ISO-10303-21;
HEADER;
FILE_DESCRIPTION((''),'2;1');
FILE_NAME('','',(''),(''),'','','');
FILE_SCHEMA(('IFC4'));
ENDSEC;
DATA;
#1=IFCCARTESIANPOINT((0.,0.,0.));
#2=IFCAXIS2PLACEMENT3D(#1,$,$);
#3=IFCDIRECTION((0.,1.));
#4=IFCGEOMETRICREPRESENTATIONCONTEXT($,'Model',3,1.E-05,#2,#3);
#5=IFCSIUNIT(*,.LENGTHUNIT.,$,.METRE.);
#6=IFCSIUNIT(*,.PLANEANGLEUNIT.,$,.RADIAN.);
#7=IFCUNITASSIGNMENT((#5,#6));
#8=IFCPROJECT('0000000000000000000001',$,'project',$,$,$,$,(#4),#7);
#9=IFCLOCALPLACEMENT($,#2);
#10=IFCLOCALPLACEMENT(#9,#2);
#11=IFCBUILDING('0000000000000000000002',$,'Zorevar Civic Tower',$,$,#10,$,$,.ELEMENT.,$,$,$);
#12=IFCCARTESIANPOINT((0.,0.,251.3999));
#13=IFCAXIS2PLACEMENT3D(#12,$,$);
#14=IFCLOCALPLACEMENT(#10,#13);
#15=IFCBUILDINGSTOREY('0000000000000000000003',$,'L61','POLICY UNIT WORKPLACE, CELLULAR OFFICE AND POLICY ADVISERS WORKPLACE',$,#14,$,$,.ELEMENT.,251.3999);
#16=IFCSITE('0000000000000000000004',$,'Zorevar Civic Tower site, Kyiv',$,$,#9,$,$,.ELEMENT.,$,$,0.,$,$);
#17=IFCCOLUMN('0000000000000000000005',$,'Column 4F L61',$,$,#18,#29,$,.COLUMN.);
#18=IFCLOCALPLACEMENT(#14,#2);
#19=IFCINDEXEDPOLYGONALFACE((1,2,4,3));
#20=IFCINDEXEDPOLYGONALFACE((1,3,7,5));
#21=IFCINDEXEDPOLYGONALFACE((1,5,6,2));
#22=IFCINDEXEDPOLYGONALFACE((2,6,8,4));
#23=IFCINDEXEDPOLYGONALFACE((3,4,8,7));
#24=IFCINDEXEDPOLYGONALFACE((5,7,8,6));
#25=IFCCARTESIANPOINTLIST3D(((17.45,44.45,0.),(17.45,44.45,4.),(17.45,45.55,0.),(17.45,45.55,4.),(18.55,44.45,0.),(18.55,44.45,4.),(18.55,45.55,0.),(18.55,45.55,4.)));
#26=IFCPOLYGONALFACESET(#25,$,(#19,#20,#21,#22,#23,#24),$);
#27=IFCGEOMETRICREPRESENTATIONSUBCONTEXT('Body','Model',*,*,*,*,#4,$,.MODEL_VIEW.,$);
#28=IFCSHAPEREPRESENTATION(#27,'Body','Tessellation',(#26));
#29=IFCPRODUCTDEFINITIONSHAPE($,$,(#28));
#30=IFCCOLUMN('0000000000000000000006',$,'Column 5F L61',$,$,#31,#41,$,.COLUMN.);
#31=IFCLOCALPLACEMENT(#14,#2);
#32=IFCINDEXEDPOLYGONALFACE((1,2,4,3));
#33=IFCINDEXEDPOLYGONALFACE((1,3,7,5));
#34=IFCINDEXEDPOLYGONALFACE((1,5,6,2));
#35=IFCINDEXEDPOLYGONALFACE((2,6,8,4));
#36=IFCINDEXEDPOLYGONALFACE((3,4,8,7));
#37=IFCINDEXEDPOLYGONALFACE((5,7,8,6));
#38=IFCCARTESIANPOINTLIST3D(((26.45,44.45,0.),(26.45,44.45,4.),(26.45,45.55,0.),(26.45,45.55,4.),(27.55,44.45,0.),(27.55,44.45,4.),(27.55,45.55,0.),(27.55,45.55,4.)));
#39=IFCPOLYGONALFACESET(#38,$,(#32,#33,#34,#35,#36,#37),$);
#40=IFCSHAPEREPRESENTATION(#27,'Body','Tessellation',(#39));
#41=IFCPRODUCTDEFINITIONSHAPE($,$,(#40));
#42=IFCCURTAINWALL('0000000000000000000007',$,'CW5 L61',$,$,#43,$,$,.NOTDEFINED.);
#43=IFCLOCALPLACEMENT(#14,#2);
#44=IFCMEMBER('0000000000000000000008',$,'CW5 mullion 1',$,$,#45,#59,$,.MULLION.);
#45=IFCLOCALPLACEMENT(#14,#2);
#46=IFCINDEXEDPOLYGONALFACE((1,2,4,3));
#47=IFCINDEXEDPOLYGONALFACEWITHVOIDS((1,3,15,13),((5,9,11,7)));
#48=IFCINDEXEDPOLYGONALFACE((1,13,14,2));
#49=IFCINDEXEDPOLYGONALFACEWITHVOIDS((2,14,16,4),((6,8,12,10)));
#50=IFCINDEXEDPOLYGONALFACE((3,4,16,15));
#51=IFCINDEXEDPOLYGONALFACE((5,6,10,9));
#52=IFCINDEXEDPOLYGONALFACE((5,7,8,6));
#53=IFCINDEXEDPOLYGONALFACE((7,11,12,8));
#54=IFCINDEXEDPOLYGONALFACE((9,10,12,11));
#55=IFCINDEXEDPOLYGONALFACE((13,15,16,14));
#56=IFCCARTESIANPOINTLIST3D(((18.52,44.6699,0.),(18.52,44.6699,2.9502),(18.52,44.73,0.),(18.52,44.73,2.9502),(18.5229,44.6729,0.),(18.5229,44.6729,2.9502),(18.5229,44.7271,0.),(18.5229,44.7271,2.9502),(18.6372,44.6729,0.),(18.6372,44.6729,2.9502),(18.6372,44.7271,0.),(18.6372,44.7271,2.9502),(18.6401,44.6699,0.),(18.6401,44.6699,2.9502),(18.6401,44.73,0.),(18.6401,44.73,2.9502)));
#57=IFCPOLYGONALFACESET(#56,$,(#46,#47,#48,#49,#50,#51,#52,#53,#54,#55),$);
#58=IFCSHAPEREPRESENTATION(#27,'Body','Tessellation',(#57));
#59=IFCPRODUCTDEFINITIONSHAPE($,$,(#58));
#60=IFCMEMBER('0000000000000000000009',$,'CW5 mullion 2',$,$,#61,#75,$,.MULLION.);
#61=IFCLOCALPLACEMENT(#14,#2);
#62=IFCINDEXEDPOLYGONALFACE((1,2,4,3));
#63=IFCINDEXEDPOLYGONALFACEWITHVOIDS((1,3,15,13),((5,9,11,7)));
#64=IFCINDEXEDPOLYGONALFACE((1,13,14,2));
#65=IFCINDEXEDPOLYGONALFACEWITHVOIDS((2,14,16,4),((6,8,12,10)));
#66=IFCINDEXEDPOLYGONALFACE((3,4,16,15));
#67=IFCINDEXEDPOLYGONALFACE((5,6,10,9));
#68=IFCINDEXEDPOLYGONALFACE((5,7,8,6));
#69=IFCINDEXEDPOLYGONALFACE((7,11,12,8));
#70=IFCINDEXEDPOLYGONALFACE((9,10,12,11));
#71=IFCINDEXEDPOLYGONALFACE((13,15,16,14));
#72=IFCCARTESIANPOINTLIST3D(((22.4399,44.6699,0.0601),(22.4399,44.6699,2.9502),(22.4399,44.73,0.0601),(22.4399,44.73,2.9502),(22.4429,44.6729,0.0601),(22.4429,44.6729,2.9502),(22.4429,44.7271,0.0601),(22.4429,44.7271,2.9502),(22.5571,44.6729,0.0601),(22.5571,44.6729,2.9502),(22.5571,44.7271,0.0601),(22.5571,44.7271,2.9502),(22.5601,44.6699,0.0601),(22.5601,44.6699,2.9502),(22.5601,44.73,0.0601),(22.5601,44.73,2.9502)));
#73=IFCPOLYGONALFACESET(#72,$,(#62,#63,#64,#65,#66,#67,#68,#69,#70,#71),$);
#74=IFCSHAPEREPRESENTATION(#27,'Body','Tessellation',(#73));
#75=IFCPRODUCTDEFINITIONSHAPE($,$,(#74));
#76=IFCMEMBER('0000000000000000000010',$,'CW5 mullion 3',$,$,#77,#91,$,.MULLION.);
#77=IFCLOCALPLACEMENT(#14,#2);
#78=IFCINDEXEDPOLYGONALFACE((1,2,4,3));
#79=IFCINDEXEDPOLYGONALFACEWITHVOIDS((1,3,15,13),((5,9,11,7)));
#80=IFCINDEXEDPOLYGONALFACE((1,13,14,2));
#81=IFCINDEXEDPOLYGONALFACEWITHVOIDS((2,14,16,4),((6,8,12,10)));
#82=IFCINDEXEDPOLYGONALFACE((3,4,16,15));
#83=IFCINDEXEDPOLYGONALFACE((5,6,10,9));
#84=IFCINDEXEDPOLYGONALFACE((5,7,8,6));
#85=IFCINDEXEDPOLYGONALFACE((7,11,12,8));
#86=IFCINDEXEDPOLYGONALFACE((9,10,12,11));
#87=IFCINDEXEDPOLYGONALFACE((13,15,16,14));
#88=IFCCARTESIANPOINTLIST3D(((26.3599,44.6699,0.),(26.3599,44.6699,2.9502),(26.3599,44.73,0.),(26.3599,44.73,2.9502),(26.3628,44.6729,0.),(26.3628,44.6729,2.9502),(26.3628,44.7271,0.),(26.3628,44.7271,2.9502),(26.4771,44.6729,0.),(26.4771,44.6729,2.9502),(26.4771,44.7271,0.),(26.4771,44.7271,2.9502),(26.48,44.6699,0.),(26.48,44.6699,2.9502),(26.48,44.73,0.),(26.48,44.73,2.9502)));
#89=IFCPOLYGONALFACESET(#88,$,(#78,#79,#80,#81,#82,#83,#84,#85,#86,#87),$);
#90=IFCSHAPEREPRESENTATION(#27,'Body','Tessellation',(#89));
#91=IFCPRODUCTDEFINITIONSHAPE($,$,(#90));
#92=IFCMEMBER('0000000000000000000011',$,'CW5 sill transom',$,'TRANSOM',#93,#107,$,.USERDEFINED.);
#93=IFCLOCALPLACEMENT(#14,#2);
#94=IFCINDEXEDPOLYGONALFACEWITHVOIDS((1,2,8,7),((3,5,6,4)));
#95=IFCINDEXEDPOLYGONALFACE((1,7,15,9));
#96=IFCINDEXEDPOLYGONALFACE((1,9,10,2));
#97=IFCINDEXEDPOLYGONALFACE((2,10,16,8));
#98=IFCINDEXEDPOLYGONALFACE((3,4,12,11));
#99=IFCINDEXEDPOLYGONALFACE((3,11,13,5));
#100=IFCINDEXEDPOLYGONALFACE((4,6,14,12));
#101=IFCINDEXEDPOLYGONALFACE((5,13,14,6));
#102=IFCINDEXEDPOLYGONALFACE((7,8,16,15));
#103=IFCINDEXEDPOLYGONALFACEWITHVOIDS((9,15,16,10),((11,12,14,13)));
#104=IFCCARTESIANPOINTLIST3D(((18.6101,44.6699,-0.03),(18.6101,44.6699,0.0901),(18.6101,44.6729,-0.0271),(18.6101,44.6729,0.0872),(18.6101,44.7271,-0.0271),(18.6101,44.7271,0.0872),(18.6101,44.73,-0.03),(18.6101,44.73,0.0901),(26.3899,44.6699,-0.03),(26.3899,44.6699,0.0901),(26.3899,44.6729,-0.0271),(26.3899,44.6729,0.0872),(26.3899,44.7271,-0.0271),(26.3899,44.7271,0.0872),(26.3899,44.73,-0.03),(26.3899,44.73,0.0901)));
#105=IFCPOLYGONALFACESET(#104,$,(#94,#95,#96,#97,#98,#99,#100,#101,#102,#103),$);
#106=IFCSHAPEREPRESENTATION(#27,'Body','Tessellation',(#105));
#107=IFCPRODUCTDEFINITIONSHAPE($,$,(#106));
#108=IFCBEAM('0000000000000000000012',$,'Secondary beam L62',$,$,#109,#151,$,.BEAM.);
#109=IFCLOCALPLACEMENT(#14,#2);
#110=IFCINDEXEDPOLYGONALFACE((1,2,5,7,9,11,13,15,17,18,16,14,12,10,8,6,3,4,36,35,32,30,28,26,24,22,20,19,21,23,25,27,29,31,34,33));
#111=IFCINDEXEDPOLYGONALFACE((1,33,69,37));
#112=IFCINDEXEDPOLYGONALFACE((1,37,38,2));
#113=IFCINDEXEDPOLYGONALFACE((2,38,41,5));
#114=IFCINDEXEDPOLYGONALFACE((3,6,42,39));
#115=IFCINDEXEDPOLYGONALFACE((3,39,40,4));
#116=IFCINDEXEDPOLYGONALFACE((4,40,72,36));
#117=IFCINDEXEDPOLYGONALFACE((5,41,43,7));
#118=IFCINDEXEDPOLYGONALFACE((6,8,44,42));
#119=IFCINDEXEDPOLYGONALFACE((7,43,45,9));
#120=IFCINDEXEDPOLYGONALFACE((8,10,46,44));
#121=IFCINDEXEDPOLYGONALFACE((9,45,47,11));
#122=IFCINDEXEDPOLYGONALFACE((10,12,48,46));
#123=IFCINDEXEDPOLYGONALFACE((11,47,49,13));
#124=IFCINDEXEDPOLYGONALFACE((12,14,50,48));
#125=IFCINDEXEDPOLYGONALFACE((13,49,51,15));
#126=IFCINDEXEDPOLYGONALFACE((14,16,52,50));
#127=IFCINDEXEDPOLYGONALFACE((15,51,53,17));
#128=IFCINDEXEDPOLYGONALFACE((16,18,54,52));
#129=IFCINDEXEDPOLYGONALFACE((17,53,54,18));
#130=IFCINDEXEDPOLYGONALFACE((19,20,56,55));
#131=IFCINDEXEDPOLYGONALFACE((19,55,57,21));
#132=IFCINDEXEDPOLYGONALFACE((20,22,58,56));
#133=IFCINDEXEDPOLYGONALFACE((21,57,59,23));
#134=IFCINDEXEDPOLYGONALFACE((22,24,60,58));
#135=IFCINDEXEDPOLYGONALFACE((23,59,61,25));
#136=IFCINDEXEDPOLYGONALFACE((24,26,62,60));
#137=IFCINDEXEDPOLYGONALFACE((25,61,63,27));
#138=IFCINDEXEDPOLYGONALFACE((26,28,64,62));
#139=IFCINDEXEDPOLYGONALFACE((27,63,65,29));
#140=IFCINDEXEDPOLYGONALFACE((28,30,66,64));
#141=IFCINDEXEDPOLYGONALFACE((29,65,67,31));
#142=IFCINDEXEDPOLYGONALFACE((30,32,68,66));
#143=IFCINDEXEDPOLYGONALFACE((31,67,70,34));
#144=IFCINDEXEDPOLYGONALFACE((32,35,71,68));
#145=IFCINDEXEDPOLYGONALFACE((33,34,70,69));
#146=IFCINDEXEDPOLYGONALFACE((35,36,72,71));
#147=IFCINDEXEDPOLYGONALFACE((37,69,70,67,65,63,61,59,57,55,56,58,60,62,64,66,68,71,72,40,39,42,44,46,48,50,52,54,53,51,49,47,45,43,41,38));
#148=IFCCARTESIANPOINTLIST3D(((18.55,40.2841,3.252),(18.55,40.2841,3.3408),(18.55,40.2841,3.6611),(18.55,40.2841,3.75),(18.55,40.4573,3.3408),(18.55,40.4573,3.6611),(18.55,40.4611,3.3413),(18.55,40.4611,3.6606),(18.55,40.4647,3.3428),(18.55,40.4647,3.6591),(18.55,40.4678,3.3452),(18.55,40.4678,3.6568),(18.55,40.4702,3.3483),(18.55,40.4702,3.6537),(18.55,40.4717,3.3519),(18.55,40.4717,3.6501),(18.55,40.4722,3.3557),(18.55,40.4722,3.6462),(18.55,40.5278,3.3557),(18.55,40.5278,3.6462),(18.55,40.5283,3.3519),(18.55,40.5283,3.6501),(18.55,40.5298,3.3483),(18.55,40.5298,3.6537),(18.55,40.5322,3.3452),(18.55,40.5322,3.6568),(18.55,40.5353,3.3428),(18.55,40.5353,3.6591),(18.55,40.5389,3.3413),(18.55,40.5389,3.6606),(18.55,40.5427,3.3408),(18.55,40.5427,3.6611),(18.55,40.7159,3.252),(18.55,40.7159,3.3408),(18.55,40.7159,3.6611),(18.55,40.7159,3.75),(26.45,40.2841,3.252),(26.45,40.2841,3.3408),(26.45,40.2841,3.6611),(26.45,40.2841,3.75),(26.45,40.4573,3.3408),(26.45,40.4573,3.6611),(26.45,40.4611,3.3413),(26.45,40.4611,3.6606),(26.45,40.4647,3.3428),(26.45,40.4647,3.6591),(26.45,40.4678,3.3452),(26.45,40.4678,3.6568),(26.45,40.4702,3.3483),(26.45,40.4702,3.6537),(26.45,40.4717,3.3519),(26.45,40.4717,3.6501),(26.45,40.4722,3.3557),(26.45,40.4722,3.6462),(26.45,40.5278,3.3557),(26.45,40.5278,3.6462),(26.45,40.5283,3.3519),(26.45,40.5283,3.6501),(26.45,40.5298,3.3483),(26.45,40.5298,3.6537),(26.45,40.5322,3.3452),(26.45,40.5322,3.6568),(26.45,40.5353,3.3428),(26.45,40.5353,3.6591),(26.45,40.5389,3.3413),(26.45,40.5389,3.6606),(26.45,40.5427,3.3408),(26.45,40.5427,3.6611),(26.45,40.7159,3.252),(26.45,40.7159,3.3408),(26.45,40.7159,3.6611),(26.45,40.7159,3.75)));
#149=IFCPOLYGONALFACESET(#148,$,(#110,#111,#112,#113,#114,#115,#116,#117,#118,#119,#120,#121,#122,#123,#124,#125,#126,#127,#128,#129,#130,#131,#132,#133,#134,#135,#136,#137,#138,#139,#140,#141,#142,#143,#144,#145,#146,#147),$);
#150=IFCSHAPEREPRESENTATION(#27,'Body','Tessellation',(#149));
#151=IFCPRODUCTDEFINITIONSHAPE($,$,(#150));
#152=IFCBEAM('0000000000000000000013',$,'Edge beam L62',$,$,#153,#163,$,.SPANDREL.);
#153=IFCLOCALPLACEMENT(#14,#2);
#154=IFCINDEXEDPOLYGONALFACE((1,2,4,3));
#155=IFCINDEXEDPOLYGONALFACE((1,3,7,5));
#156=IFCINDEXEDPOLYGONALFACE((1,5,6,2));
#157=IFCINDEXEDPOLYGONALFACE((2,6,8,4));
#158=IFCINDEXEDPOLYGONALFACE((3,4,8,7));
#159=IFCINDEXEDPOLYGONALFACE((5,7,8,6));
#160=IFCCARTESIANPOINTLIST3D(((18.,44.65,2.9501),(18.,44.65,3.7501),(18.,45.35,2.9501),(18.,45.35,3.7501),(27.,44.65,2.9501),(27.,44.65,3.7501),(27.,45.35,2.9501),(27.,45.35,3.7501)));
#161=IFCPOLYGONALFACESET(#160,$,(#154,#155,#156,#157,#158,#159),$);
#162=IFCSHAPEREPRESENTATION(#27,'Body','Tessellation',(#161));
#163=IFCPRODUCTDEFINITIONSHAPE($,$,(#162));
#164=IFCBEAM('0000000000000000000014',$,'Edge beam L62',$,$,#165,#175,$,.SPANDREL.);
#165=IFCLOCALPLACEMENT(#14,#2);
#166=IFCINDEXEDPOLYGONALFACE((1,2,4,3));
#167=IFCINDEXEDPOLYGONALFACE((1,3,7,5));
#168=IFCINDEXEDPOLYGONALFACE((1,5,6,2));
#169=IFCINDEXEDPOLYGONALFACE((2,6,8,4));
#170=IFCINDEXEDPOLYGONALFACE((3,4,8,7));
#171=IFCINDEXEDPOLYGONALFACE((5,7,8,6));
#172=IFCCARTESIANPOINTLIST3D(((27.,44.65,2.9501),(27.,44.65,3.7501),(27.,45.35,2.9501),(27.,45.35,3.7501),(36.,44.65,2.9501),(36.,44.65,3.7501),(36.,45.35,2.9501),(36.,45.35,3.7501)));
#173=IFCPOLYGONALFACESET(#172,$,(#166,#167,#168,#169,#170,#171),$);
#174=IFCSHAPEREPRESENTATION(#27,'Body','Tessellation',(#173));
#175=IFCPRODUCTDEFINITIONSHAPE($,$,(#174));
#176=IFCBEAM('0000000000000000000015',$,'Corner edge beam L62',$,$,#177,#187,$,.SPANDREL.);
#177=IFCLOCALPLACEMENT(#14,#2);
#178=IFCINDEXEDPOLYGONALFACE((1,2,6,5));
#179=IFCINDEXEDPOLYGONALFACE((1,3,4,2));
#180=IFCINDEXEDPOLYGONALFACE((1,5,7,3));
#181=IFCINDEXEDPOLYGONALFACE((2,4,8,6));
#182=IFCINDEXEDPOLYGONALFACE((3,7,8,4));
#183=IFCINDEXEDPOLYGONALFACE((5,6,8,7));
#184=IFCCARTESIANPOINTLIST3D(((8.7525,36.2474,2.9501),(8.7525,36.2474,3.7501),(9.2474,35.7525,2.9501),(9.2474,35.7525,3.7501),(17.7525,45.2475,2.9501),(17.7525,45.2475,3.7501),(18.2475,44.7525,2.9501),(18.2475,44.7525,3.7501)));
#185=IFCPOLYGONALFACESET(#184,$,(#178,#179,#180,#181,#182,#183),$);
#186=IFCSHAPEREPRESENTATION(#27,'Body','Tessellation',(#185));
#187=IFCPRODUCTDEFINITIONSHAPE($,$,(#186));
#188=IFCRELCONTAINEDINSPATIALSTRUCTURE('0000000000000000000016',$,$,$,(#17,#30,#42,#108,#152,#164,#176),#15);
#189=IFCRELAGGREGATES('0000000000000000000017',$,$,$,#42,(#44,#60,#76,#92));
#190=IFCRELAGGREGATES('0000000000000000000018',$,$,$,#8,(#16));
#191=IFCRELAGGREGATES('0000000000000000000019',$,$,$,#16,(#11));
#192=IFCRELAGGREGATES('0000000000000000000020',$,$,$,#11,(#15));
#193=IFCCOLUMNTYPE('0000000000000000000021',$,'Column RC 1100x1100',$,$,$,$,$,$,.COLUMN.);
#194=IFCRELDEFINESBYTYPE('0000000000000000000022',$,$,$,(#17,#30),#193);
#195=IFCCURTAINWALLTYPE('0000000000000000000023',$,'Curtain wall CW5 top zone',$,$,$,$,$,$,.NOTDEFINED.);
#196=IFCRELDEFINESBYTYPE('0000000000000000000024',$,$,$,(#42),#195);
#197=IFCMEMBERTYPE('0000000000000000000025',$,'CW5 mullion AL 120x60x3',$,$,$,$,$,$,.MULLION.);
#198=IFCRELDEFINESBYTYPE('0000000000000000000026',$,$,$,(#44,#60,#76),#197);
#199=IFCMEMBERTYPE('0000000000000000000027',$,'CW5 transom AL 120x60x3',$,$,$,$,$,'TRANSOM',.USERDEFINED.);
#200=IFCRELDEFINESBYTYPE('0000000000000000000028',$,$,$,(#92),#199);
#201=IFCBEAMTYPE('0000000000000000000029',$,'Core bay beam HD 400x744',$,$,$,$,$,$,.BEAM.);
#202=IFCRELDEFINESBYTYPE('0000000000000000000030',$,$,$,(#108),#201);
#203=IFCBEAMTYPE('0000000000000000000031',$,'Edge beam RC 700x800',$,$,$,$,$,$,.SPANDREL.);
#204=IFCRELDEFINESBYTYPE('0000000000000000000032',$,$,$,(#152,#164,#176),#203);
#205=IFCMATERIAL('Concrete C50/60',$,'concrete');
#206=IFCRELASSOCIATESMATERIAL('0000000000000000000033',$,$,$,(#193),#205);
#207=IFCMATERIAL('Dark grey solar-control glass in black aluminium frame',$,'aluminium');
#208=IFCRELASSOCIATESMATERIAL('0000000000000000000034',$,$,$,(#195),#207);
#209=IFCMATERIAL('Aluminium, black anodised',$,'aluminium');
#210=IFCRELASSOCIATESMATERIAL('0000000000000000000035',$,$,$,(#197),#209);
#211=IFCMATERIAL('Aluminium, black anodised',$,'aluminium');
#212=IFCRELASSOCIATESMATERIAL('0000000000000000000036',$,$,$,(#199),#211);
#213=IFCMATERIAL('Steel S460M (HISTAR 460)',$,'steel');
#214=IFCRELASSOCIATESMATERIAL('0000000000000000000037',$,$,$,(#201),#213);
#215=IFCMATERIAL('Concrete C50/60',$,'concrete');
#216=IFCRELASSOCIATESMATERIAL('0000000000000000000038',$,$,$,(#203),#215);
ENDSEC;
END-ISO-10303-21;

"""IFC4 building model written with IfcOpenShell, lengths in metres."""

from ifc_helpers import new_model, si_unit, direction, frame, origin, origin_2d, place, context, subcontext, project, spatial, rectangle, hollow_rectangle, i_section, extrude, material, material_profile, profile_set, type_object, element, aggregate, save


model = new_model("IFC4")

# Units and contexts
model_context = context("Model", 3, precision=1e-05, world=origin(), true_north=direction((0.0, 1.0)))
body_context = subcontext(model_context, "Body", "Model", "MODEL_VIEW")
ifc_project = project(units=[si_unit("LENGTHUNIT", "METRE"), si_unit("PLANEANGLEUNIT", "RADIAN")], contexts=[model_context])

# Site, building, storey
site_placement = place(None, origin())
site = spatial("IfcSite", under=ifc_project, at=site_placement, Name="Zorevar Civic Tower site, Kyiv", CompositionType="ELEMENT", RefElevation=0.0)
building_placement = place(site_placement, origin())
building = spatial("IfcBuilding", under=site, at=building_placement, Name="Zorevar Civic Tower", CompositionType="ELEMENT")
storey_placement = place(building_placement, frame((0.0, 0.0, 251.3999)))
storey = spatial("IfcBuildingStorey", under=building, at=storey_placement, Name="L61", Description="POLICY UNIT WORKPLACE, CELLULAR OFFICE AND POLICY ADVISERS WORKPLACE", CompositionType="ELEMENT", Elevation=251.3999)

# Columns
ifc_material_1 = material(Name="Concrete C50/60", Category="concrete")
ifc_material_profile_1 = material_profile(ifc_material_1, rectangle(XDim=1.1001, YDim=1.1001, at=origin_2d()), Name="RC 1100x1100")
ifc_profile_set_1 = profile_set([ifc_material_profile_1], Name="Concrete C50/60")
column_type = type_object("IfcColumnType", Name="Column RC 1100x1100", PredefinedType="COLUMN", material=ifc_profile_set_1)
for number, where, z_axis, x_axis, name in (
    (1, (18.0, 45.0, 0.0), (0.0, 0.0, 1.0), (1.0, 0.0, 0.0), "Column 4F L61"),
    (2, (27.0, 45.0, 0.0), (0.0, 0.0, 1.0), (1.0, 0.0, 0.0), "Column 5F L61"),
):
    element("IfcColumn", number, at=place(storey_placement, frame(where, z_axis=z_axis, x_axis=x_axis)), inside=storey, type_object=column_type, Name=name, PredefinedType="COLUMN", context=body_context, shape_type="SweptSolid", body=[
        extrude(rectangle(XDim=1.1001, YDim=1.1001, at=origin_2d()), origin(), (0.0, 0.0, 1.0), 4.0),
    ])

# Curtain wall, members
ifc_material_2 = material(Name="Dark grey solar-control glass in black aluminium frame", Category="aluminium")
curtain_wall_type = type_object("IfcCurtainWallType", Name="Curtain wall CW5 top zone", PredefinedType="NOTDEFINED", material=ifc_material_2)
curtain_wall_placement = place(storey_placement, origin())
curtain_wall = element("IfcCurtainWall", 3, at=curtain_wall_placement, inside=storey, type_object=curtain_wall_type, Name="CW5 L61", PredefinedType="NOTDEFINED")
ifc_material_3 = material(Name="Aluminium, black anodised", Category="aluminium")
ifc_material_profile_2 = material_profile(ifc_material_3, hollow_rectangle(XDim=0.0601, YDim=0.1201, WallThickness=0.0029, at=origin_2d()), Name="AL 120x60x3")
ifc_profile_set_2 = profile_set([ifc_material_profile_2], Name="Aluminium, black anodised")
member_type_1 = type_object("IfcMemberType", Name="CW5 mullion AL 120x60x3", PredefinedType="MULLION", material=ifc_profile_set_2)
member_1_placement = place(storey_placement, frame((18.5801, 44.7, 0.0), z_axis=(0.0, 0.0, 1.0), x_axis=(0.0, 1.0, 0.0)))
member_1 = element("IfcMember", 4, at=member_1_placement, type_object=member_type_1, Name="CW5 mullion 1", PredefinedType="MULLION", context=body_context, shape_type="SweptSolid", body=[
    extrude(hollow_rectangle(XDim=0.0601, YDim=0.1201, WallThickness=0.0029, at=origin_2d()), origin(), (0.0, 0.0, 1.0), 2.9502),
])
member_2_placement = place(storey_placement, frame((22.5, 44.7, 0.0601), z_axis=(0.0, 0.0, 1.0), x_axis=(0.0, 1.0, 0.0)))
member_2 = element("IfcMember", 5, at=member_2_placement, type_object=member_type_1, Name="CW5 mullion 2", PredefinedType="MULLION", context=body_context, shape_type="SweptSolid", body=[
    extrude(hollow_rectangle(XDim=0.0601, YDim=0.1201, WallThickness=0.0029, at=origin_2d()), origin(), (0.0, 0.0, 1.0), 2.8901),
])
member_3_placement = place(storey_placement, frame((26.4199, 44.7, 0.0), z_axis=(0.0, 0.0, 1.0), x_axis=(0.0, 1.0, 0.0)))
member_3 = element("IfcMember", 6, at=member_3_placement, type_object=member_type_1, Name="CW5 mullion 3", PredefinedType="MULLION", context=body_context, shape_type="SweptSolid", body=[
    extrude(hollow_rectangle(XDim=0.0601, YDim=0.1201, WallThickness=0.0029, at=origin_2d()), origin(), (0.0, 0.0, 1.0), 2.9502),
])
ifc_material_4 = material(Name="Aluminium, black anodised", Category="aluminium")
ifc_material_profile_3 = material_profile(ifc_material_4, hollow_rectangle(XDim=0.0601, YDim=0.1201, WallThickness=0.0029, at=origin_2d()), Name="AL 120x60x3")
ifc_profile_set_3 = profile_set([ifc_material_profile_3], Name="Aluminium, black anodised")
member_type_2 = type_object("IfcMemberType", Name="CW5 transom AL 120x60x3", ElementType="TRANSOM", PredefinedType="USERDEFINED", material=ifc_profile_set_3)
member_4_placement = place(storey_placement, frame((18.6101, 44.7, 0.03), z_axis=(1.0, 0.0, 0.0), x_axis=(0.0, 1.0, 0.0)))
member_4 = element("IfcMember", 7, at=member_4_placement, type_object=member_type_2, Name="CW5 sill transom", ObjectType="TRANSOM", PredefinedType="USERDEFINED", context=body_context, shape_type="SweptSolid", body=[
    extrude(hollow_rectangle(XDim=0.0601, YDim=0.1201, WallThickness=0.0029, at=origin_2d()), origin(), (0.0, 0.0, 1.0), 7.7798),
])

# Beams
ifc_material_5 = material(Name="Steel S460M (HISTAR 460)", Category="steel")
ifc_material_profile_4 = material_profile(ifc_material_5, i_section(OverallWidth=0.4319, OverallDepth=0.498, WebThickness=0.0557, FlangeThickness=0.0889, FilletRadius=0.0149, at=origin_2d()), Name="HD 400x744")
ifc_profile_set_4 = profile_set([ifc_material_profile_4], Name="Steel S460M (HISTAR 460)")
beam_type_1 = type_object("IfcBeamType", Name="Core bay beam HD 400x744", PredefinedType="BEAM", material=ifc_profile_set_4)
beam_1_placement = place(storey_placement, frame((18.55, 40.5, 3.501), z_axis=(1.0, 0.0, 0.0), x_axis=(0.0, 1.0, 0.0)))
element("IfcBeam", 8, at=beam_1_placement, inside=storey, type_object=beam_type_1, Name="Secondary beam L62", PredefinedType="BEAM", context=body_context, shape_type="SweptSolid", body=[
    extrude(i_section(OverallWidth=0.4319, OverallDepth=0.498, WebThickness=0.0557, FlangeThickness=0.0889, FilletRadius=0.0149, at=origin_2d()), origin(), (0.0, 0.0, 1.0), 7.8999),
])
ifc_material_6 = material(Name="Concrete C50/60", Category="concrete")
ifc_material_profile_5 = material_profile(ifc_material_6, rectangle(XDim=0.7, YDim=0.8, at=origin_2d()), Name="RC 700x800")
ifc_profile_set_5 = profile_set([ifc_material_profile_5], Name="Concrete C50/60")
beam_type_2 = type_object("IfcBeamType", Name="Edge beam RC 700x800", PredefinedType="SPANDREL", material=ifc_profile_set_5)
for number, where, z_axis, x_axis, name in (
    (9, (18.0, 45.0, 3.3501), (1.0, 0.0, 0.0), (0.0, 1.0, 0.0), "Edge beam L62"),
    (10, (27.0, 45.0, 3.3501), (1.0, 0.0, 0.0), (0.0, 1.0, 0.0), "Edge beam L62"),
):
    element("IfcBeam", number, at=place(storey_placement, frame(where, z_axis=z_axis, x_axis=x_axis)), inside=storey, type_object=beam_type_2, Name=name, PredefinedType="SPANDREL", context=body_context, shape_type="SweptSolid", body=[
        extrude(rectangle(XDim=0.7, YDim=0.8, at=origin_2d()), origin(), (0.0, 0.0, 1.0), 9.0),
    ])
beam_2_placement = place(storey_placement, frame((18.0, 45.0, 3.3501), z_axis=(-0.707107, -0.707107, 0.0), x_axis=(0.707107, -0.707107, 0.0)))
element("IfcBeam", 11, at=beam_2_placement, inside=storey, type_object=beam_type_2, Name="Corner edge beam L62", PredefinedType="SPANDREL", context=body_context, shape_type="SweptSolid", body=[
    extrude(rectangle(XDim=0.7, YDim=0.8, at=origin_2d()), origin(), (0.0, 0.0, 1.0), 12.728),
])

aggregate(curtain_wall, [member_1, member_2, member_3, member_4])

save(model, "model.ifc")
